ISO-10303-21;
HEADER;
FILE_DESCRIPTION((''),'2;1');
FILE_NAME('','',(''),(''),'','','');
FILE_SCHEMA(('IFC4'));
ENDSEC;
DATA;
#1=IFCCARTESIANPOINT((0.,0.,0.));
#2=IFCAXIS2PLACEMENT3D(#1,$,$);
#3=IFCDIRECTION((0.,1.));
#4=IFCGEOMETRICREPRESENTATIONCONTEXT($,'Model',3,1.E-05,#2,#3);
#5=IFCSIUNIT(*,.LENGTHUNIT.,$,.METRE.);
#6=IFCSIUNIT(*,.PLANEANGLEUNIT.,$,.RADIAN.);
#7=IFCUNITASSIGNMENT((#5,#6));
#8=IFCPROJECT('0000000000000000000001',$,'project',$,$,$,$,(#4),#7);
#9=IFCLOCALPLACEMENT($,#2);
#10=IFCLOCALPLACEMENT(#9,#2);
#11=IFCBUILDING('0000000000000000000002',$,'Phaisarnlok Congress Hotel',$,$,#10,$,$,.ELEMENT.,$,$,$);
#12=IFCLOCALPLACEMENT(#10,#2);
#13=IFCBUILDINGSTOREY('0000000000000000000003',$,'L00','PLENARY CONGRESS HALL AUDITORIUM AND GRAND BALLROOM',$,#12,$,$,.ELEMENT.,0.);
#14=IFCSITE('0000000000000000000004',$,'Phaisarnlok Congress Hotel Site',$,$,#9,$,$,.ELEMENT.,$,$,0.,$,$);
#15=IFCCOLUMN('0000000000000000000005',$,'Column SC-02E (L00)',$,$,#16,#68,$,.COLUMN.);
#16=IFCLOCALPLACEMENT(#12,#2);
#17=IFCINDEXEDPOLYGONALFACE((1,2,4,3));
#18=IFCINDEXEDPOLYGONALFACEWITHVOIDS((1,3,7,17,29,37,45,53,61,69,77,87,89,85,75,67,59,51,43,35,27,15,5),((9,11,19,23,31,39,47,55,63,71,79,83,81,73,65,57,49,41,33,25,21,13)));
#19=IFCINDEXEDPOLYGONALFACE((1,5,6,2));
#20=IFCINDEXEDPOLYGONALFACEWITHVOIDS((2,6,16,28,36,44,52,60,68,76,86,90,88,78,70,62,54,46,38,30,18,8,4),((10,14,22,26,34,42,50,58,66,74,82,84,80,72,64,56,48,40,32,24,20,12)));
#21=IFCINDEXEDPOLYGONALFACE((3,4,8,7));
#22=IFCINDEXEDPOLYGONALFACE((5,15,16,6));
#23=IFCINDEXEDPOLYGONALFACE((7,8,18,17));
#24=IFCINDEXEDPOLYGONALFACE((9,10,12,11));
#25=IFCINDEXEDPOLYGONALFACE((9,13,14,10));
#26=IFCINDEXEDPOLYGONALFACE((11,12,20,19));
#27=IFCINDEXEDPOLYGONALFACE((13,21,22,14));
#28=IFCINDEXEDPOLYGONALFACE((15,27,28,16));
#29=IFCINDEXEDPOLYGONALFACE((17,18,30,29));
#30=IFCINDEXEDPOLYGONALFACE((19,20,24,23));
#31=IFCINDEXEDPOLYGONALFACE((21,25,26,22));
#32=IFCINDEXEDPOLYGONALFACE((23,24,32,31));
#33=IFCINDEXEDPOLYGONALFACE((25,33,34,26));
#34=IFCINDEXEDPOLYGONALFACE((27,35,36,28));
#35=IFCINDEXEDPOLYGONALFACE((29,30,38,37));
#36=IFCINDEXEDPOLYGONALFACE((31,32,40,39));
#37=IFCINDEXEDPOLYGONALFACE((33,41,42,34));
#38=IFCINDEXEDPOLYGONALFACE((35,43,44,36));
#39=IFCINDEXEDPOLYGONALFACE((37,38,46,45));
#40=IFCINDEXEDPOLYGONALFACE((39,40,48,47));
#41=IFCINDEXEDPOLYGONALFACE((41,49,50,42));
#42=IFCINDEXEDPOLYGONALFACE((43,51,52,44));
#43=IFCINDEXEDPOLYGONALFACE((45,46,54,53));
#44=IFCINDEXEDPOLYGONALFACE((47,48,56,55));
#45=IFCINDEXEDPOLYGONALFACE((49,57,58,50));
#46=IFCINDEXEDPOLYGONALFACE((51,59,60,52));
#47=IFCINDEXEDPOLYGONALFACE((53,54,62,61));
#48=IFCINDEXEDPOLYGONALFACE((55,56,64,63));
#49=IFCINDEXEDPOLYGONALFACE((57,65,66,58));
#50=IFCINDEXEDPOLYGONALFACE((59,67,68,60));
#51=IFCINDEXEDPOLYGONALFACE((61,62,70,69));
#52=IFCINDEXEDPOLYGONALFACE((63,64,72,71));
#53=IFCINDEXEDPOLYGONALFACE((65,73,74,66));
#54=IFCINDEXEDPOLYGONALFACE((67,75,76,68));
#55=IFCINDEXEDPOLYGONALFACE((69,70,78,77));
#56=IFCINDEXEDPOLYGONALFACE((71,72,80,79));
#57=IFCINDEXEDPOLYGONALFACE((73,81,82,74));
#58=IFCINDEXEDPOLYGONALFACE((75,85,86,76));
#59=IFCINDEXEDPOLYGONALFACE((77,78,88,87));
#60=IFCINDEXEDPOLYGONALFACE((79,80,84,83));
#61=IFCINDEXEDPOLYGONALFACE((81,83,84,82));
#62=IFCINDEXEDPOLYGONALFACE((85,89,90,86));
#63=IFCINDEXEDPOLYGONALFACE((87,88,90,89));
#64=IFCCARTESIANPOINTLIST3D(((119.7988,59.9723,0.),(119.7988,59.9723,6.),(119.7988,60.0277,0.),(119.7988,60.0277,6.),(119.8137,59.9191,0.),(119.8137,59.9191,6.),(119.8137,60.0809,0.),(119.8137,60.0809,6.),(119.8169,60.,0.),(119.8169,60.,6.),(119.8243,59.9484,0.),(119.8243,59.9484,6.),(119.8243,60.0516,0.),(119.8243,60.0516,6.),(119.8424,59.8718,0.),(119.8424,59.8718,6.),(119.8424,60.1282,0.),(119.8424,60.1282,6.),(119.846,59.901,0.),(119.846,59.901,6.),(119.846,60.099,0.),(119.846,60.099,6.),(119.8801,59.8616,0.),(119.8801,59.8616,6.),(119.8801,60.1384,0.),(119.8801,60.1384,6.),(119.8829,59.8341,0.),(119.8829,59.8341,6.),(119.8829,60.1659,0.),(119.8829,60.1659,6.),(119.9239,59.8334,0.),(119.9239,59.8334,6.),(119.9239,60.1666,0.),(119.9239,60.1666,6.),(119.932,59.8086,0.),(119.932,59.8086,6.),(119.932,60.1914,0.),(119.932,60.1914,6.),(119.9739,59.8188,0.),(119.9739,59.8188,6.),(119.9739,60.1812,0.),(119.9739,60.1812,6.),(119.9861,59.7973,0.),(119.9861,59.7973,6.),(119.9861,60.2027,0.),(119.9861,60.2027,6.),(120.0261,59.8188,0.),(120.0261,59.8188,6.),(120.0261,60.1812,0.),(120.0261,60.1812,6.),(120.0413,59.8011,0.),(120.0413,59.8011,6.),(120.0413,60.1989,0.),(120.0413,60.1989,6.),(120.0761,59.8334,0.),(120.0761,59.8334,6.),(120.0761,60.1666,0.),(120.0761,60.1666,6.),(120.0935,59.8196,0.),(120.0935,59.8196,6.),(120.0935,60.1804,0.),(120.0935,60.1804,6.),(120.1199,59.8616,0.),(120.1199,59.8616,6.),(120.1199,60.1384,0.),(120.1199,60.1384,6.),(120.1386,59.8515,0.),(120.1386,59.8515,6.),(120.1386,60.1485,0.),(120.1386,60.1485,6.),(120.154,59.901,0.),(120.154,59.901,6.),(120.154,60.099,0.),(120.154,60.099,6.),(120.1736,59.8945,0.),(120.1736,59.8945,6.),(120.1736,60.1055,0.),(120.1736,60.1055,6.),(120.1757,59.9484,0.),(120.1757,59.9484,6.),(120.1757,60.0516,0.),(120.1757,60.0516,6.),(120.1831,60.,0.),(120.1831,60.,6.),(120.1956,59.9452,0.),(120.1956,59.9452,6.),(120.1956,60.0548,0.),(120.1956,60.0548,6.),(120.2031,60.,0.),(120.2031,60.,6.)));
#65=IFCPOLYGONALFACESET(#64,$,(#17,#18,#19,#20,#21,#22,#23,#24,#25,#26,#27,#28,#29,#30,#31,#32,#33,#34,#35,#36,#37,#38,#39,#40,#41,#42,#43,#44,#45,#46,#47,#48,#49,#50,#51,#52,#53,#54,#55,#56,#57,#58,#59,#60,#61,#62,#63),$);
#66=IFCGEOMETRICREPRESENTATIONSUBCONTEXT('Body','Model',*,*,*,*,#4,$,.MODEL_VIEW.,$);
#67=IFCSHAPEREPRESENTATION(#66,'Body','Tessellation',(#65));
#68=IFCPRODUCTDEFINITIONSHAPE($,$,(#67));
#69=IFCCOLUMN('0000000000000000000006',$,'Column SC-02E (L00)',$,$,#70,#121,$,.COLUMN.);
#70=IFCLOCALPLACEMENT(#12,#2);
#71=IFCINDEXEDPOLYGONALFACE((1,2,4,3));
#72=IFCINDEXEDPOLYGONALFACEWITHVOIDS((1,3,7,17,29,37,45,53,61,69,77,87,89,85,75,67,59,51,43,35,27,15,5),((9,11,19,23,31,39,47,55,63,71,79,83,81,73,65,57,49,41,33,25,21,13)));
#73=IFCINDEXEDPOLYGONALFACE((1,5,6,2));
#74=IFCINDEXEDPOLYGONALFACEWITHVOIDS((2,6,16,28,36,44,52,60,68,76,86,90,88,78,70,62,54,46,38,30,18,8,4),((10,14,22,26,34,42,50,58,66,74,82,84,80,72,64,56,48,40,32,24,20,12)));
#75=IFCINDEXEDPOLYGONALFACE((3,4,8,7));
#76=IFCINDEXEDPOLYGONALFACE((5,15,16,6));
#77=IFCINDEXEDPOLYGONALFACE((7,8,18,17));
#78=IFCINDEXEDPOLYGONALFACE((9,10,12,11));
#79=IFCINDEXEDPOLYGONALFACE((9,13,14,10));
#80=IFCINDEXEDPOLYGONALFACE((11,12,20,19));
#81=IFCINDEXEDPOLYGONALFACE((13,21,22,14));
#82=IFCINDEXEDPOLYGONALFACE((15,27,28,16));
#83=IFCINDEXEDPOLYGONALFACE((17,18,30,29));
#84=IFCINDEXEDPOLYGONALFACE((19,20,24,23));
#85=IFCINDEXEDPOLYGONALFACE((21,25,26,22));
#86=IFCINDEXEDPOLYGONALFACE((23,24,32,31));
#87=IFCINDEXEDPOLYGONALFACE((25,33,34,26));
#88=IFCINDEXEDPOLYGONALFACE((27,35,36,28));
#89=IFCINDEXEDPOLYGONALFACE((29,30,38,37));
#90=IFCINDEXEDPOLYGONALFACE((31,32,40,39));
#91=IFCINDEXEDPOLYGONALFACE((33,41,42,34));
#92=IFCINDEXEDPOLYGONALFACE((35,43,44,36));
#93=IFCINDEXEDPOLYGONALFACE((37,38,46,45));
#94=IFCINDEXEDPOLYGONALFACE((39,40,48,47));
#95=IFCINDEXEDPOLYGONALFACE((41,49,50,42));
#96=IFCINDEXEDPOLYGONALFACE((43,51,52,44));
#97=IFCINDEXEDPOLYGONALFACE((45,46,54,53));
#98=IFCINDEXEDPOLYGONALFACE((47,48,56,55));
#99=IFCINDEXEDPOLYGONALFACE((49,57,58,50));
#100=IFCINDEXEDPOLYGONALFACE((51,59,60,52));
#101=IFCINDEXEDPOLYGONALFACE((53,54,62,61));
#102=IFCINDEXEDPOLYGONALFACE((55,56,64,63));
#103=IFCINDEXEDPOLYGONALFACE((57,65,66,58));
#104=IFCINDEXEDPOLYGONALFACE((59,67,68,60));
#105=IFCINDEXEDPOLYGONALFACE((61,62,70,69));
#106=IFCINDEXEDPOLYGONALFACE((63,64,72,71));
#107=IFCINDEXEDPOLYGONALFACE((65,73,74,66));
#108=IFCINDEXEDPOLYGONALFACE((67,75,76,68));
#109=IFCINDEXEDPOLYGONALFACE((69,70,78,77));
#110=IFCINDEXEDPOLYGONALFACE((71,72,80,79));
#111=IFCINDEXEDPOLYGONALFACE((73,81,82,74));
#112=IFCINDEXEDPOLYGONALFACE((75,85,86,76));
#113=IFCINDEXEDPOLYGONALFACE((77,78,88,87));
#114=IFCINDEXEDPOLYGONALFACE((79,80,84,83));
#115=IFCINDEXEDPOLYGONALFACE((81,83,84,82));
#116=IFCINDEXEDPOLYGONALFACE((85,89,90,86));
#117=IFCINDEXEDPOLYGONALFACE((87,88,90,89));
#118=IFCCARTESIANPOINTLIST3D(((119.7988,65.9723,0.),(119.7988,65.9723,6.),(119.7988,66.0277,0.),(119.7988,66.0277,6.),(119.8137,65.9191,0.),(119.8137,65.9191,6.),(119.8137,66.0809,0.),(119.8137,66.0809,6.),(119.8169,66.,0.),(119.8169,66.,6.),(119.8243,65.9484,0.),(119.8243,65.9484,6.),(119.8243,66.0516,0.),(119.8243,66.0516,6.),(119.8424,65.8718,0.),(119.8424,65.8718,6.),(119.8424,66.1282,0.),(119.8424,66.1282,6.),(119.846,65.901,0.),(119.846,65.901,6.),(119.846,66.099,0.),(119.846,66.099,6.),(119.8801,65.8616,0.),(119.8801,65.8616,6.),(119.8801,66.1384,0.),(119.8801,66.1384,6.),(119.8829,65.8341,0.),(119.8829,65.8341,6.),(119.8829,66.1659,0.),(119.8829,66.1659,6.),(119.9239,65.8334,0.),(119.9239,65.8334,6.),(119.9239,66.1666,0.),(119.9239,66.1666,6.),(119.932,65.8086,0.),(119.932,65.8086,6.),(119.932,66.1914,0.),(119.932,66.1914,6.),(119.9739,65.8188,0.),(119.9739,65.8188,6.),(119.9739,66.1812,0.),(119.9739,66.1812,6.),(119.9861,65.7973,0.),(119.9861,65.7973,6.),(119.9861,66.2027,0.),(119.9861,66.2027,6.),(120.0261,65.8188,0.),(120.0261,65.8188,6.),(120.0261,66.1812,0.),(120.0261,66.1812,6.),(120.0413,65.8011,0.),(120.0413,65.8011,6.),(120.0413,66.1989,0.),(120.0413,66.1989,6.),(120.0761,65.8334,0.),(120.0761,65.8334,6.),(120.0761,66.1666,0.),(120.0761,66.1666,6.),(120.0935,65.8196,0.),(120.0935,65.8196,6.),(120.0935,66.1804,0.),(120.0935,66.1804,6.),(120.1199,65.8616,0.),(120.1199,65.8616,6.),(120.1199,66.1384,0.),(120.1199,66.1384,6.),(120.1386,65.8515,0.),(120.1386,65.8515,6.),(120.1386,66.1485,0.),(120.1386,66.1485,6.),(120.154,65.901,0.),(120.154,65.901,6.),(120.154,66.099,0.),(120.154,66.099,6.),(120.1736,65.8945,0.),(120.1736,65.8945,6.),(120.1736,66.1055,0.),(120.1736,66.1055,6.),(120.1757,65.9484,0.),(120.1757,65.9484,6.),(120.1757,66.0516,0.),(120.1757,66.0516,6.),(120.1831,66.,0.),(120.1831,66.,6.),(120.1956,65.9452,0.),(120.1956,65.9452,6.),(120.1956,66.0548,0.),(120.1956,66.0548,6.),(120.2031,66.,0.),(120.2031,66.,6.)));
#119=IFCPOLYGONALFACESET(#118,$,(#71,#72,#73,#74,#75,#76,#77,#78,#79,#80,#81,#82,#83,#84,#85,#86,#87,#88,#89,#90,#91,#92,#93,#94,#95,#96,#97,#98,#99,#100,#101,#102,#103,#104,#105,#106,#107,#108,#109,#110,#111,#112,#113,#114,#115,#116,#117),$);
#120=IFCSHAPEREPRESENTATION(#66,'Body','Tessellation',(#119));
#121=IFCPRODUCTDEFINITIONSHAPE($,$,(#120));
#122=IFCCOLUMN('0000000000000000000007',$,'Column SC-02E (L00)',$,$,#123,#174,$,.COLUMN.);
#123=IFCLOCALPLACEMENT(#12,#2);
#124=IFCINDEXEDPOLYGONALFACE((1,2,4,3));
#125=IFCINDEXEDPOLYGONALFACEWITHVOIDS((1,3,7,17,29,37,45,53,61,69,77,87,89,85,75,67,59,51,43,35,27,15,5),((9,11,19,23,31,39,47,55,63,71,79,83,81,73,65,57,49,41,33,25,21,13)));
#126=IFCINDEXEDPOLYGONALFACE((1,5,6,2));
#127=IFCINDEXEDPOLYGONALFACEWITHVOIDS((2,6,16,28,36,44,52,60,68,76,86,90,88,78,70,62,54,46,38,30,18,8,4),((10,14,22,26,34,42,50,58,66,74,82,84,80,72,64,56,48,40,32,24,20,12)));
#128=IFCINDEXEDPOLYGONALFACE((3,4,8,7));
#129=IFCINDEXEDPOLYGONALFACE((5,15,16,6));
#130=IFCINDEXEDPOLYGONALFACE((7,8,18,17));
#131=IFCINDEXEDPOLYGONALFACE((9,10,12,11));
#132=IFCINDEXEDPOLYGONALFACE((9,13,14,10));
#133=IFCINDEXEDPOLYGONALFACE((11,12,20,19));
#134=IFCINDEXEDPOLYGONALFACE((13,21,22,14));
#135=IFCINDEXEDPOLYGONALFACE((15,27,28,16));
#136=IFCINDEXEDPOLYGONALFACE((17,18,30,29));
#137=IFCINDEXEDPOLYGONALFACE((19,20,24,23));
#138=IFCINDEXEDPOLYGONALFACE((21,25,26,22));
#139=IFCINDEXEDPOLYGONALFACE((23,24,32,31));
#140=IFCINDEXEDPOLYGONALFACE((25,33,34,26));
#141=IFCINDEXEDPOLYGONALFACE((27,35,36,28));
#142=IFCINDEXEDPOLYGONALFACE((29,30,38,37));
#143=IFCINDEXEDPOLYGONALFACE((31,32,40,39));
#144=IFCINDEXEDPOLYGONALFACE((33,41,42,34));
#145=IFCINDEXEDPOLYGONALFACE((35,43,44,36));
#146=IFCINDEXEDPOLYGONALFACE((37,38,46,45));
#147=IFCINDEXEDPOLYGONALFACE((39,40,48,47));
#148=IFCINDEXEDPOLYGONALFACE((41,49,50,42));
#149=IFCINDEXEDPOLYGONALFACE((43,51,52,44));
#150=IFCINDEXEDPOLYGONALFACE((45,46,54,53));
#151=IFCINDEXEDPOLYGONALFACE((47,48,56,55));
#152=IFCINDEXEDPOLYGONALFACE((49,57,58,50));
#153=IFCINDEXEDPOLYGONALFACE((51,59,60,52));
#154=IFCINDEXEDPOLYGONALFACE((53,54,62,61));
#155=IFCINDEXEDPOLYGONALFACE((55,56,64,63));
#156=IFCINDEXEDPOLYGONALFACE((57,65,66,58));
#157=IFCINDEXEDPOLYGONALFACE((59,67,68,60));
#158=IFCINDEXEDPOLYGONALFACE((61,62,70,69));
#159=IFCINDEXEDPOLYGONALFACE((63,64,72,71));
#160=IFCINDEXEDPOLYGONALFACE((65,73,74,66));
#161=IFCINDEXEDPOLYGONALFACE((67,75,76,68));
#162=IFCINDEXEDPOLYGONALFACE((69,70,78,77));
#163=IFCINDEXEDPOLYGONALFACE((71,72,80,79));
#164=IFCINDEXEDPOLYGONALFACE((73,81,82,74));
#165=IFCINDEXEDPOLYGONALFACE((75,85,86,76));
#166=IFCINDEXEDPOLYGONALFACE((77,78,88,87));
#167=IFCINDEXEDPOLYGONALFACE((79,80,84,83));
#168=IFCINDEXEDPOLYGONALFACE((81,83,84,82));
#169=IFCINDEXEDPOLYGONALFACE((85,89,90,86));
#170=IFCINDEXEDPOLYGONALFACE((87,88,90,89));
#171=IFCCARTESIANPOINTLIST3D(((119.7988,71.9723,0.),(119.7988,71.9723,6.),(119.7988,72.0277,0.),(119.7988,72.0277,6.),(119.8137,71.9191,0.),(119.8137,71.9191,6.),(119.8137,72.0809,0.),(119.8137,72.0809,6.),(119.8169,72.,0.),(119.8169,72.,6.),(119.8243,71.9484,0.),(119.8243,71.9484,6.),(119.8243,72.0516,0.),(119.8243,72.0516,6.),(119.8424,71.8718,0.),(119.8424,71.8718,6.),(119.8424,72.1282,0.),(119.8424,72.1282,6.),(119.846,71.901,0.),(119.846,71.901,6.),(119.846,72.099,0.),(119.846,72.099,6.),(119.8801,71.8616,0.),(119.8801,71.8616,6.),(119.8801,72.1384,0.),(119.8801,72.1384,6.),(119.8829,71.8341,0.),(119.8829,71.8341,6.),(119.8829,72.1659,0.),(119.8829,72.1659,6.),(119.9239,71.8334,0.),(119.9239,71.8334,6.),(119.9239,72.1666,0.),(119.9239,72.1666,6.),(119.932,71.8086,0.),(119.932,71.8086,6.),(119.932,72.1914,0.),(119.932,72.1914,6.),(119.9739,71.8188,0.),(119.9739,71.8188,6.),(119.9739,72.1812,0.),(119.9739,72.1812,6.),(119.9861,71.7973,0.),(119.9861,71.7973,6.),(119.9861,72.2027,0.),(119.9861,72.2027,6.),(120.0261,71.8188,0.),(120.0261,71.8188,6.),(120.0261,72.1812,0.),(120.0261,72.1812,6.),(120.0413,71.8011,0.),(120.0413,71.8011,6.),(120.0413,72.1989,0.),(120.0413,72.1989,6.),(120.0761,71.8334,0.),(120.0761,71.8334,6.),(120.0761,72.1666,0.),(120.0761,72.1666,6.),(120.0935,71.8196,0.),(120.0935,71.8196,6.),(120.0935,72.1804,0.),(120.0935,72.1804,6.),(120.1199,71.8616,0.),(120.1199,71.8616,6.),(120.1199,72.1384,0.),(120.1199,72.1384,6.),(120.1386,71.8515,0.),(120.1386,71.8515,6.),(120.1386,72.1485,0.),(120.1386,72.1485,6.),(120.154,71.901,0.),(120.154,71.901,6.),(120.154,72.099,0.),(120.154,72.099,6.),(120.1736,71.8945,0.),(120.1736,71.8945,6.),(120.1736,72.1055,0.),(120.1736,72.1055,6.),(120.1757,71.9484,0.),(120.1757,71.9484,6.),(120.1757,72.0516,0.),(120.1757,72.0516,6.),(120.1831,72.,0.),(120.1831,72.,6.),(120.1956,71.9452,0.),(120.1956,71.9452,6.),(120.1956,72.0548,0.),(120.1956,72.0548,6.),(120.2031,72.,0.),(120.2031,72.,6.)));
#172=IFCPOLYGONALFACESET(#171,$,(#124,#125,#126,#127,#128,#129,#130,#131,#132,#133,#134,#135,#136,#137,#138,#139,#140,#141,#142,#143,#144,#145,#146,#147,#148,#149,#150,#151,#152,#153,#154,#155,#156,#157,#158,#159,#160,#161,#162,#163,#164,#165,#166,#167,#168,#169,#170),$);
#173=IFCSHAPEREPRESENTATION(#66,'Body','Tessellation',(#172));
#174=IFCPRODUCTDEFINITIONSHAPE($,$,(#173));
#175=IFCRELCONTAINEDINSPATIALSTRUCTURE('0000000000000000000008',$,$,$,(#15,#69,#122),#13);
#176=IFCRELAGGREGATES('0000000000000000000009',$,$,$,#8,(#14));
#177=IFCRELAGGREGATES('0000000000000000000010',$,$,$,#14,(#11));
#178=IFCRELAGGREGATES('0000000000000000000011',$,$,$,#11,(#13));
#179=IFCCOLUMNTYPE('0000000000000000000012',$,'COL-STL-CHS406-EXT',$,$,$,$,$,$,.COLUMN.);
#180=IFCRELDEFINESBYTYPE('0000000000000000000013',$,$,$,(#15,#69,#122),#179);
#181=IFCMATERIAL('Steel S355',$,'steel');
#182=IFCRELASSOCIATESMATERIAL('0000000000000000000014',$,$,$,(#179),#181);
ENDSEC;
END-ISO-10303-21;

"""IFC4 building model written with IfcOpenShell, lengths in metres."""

from ifc_helpers import new_model, si_unit, direction, frame, origin, origin_2d, place, context, subcontext, project, spatial, hollow_circle, extrude, material, material_profile, profile_set, type_object, element, save


model = new_model("IFC4")

# Units and contexts
model_context = context("Model", 3, precision=1e-05, world=origin(), true_north=direction((0.0, 1.0)))
body_context = subcontext(model_context, "Body", "Model", "MODEL_VIEW")
ifc_project = project(units=[si_unit("LENGTHUNIT", "METRE"), si_unit("PLANEANGLEUNIT", "RADIAN")], contexts=[model_context])

# Site, building, storey
site_placement = place(None, origin())
site = spatial("IfcSite", under=ifc_project, at=site_placement, Name="Phaisarnlok Congress Hotel Site", CompositionType="ELEMENT", RefElevation=0.0)
building_placement = place(site_placement, origin())
building = spatial("IfcBuilding", under=site, at=building_placement, Name="Phaisarnlok Congress Hotel", CompositionType="ELEMENT")
storey_placement = place(building_placement, origin())
storey = spatial("IfcBuildingStorey", under=building, at=storey_placement, Name="L00", Description="PLENARY CONGRESS HALL AUDITORIUM AND GRAND BALLROOM", CompositionType="ELEMENT", Elevation=0.0)

# Columns
ifc_material_1 = material(Name="Steel S355", Category="steel")
ifc_material_profile_1 = material_profile(ifc_material_1, hollow_circle(Radius=0.2031, WallThickness=0.02, at=origin_2d()), Name="CHS 406.4x20")
ifc_profile_set_1 = profile_set([ifc_material_profile_1], Name="Steel S355")
column_type_1 = type_object("IfcColumnType", Name="COL-STL-CHS406-EXT", PredefinedType="COLUMN", material=ifc_profile_set_1)
for number, where, z_axis, x_axis, name in (
    (1, (120.0, 60.0, 0.0), (0.0, 0.0, 1.0), (1.0, 0.0, 0.0), "Column SC-02E (L00)"),
    (2, (120.0, 66.0, 0.0), (0.0, 0.0, 1.0), (1.0, 0.0, 0.0), "Column SC-02E (L00)"),
    (3, (120.0, 72.0, 0.0), (0.0, 0.0, 1.0), (1.0, 0.0, 0.0), "Column SC-02E (L00)"),
):
    element("IfcColumn", number, at=place(storey_placement, frame(where, z_axis=z_axis, x_axis=x_axis)), inside=storey, type_object=column_type_1, Name=name, PredefinedType="COLUMN", context=body_context, shape_type="SweptSolid", body=[
        extrude(hollow_circle(Radius=0.2031, WallThickness=0.02, at=origin_2d()), origin(), (0.0, 0.0, 1.0), 6.0),
    ])

save(model, "model.ifc")
